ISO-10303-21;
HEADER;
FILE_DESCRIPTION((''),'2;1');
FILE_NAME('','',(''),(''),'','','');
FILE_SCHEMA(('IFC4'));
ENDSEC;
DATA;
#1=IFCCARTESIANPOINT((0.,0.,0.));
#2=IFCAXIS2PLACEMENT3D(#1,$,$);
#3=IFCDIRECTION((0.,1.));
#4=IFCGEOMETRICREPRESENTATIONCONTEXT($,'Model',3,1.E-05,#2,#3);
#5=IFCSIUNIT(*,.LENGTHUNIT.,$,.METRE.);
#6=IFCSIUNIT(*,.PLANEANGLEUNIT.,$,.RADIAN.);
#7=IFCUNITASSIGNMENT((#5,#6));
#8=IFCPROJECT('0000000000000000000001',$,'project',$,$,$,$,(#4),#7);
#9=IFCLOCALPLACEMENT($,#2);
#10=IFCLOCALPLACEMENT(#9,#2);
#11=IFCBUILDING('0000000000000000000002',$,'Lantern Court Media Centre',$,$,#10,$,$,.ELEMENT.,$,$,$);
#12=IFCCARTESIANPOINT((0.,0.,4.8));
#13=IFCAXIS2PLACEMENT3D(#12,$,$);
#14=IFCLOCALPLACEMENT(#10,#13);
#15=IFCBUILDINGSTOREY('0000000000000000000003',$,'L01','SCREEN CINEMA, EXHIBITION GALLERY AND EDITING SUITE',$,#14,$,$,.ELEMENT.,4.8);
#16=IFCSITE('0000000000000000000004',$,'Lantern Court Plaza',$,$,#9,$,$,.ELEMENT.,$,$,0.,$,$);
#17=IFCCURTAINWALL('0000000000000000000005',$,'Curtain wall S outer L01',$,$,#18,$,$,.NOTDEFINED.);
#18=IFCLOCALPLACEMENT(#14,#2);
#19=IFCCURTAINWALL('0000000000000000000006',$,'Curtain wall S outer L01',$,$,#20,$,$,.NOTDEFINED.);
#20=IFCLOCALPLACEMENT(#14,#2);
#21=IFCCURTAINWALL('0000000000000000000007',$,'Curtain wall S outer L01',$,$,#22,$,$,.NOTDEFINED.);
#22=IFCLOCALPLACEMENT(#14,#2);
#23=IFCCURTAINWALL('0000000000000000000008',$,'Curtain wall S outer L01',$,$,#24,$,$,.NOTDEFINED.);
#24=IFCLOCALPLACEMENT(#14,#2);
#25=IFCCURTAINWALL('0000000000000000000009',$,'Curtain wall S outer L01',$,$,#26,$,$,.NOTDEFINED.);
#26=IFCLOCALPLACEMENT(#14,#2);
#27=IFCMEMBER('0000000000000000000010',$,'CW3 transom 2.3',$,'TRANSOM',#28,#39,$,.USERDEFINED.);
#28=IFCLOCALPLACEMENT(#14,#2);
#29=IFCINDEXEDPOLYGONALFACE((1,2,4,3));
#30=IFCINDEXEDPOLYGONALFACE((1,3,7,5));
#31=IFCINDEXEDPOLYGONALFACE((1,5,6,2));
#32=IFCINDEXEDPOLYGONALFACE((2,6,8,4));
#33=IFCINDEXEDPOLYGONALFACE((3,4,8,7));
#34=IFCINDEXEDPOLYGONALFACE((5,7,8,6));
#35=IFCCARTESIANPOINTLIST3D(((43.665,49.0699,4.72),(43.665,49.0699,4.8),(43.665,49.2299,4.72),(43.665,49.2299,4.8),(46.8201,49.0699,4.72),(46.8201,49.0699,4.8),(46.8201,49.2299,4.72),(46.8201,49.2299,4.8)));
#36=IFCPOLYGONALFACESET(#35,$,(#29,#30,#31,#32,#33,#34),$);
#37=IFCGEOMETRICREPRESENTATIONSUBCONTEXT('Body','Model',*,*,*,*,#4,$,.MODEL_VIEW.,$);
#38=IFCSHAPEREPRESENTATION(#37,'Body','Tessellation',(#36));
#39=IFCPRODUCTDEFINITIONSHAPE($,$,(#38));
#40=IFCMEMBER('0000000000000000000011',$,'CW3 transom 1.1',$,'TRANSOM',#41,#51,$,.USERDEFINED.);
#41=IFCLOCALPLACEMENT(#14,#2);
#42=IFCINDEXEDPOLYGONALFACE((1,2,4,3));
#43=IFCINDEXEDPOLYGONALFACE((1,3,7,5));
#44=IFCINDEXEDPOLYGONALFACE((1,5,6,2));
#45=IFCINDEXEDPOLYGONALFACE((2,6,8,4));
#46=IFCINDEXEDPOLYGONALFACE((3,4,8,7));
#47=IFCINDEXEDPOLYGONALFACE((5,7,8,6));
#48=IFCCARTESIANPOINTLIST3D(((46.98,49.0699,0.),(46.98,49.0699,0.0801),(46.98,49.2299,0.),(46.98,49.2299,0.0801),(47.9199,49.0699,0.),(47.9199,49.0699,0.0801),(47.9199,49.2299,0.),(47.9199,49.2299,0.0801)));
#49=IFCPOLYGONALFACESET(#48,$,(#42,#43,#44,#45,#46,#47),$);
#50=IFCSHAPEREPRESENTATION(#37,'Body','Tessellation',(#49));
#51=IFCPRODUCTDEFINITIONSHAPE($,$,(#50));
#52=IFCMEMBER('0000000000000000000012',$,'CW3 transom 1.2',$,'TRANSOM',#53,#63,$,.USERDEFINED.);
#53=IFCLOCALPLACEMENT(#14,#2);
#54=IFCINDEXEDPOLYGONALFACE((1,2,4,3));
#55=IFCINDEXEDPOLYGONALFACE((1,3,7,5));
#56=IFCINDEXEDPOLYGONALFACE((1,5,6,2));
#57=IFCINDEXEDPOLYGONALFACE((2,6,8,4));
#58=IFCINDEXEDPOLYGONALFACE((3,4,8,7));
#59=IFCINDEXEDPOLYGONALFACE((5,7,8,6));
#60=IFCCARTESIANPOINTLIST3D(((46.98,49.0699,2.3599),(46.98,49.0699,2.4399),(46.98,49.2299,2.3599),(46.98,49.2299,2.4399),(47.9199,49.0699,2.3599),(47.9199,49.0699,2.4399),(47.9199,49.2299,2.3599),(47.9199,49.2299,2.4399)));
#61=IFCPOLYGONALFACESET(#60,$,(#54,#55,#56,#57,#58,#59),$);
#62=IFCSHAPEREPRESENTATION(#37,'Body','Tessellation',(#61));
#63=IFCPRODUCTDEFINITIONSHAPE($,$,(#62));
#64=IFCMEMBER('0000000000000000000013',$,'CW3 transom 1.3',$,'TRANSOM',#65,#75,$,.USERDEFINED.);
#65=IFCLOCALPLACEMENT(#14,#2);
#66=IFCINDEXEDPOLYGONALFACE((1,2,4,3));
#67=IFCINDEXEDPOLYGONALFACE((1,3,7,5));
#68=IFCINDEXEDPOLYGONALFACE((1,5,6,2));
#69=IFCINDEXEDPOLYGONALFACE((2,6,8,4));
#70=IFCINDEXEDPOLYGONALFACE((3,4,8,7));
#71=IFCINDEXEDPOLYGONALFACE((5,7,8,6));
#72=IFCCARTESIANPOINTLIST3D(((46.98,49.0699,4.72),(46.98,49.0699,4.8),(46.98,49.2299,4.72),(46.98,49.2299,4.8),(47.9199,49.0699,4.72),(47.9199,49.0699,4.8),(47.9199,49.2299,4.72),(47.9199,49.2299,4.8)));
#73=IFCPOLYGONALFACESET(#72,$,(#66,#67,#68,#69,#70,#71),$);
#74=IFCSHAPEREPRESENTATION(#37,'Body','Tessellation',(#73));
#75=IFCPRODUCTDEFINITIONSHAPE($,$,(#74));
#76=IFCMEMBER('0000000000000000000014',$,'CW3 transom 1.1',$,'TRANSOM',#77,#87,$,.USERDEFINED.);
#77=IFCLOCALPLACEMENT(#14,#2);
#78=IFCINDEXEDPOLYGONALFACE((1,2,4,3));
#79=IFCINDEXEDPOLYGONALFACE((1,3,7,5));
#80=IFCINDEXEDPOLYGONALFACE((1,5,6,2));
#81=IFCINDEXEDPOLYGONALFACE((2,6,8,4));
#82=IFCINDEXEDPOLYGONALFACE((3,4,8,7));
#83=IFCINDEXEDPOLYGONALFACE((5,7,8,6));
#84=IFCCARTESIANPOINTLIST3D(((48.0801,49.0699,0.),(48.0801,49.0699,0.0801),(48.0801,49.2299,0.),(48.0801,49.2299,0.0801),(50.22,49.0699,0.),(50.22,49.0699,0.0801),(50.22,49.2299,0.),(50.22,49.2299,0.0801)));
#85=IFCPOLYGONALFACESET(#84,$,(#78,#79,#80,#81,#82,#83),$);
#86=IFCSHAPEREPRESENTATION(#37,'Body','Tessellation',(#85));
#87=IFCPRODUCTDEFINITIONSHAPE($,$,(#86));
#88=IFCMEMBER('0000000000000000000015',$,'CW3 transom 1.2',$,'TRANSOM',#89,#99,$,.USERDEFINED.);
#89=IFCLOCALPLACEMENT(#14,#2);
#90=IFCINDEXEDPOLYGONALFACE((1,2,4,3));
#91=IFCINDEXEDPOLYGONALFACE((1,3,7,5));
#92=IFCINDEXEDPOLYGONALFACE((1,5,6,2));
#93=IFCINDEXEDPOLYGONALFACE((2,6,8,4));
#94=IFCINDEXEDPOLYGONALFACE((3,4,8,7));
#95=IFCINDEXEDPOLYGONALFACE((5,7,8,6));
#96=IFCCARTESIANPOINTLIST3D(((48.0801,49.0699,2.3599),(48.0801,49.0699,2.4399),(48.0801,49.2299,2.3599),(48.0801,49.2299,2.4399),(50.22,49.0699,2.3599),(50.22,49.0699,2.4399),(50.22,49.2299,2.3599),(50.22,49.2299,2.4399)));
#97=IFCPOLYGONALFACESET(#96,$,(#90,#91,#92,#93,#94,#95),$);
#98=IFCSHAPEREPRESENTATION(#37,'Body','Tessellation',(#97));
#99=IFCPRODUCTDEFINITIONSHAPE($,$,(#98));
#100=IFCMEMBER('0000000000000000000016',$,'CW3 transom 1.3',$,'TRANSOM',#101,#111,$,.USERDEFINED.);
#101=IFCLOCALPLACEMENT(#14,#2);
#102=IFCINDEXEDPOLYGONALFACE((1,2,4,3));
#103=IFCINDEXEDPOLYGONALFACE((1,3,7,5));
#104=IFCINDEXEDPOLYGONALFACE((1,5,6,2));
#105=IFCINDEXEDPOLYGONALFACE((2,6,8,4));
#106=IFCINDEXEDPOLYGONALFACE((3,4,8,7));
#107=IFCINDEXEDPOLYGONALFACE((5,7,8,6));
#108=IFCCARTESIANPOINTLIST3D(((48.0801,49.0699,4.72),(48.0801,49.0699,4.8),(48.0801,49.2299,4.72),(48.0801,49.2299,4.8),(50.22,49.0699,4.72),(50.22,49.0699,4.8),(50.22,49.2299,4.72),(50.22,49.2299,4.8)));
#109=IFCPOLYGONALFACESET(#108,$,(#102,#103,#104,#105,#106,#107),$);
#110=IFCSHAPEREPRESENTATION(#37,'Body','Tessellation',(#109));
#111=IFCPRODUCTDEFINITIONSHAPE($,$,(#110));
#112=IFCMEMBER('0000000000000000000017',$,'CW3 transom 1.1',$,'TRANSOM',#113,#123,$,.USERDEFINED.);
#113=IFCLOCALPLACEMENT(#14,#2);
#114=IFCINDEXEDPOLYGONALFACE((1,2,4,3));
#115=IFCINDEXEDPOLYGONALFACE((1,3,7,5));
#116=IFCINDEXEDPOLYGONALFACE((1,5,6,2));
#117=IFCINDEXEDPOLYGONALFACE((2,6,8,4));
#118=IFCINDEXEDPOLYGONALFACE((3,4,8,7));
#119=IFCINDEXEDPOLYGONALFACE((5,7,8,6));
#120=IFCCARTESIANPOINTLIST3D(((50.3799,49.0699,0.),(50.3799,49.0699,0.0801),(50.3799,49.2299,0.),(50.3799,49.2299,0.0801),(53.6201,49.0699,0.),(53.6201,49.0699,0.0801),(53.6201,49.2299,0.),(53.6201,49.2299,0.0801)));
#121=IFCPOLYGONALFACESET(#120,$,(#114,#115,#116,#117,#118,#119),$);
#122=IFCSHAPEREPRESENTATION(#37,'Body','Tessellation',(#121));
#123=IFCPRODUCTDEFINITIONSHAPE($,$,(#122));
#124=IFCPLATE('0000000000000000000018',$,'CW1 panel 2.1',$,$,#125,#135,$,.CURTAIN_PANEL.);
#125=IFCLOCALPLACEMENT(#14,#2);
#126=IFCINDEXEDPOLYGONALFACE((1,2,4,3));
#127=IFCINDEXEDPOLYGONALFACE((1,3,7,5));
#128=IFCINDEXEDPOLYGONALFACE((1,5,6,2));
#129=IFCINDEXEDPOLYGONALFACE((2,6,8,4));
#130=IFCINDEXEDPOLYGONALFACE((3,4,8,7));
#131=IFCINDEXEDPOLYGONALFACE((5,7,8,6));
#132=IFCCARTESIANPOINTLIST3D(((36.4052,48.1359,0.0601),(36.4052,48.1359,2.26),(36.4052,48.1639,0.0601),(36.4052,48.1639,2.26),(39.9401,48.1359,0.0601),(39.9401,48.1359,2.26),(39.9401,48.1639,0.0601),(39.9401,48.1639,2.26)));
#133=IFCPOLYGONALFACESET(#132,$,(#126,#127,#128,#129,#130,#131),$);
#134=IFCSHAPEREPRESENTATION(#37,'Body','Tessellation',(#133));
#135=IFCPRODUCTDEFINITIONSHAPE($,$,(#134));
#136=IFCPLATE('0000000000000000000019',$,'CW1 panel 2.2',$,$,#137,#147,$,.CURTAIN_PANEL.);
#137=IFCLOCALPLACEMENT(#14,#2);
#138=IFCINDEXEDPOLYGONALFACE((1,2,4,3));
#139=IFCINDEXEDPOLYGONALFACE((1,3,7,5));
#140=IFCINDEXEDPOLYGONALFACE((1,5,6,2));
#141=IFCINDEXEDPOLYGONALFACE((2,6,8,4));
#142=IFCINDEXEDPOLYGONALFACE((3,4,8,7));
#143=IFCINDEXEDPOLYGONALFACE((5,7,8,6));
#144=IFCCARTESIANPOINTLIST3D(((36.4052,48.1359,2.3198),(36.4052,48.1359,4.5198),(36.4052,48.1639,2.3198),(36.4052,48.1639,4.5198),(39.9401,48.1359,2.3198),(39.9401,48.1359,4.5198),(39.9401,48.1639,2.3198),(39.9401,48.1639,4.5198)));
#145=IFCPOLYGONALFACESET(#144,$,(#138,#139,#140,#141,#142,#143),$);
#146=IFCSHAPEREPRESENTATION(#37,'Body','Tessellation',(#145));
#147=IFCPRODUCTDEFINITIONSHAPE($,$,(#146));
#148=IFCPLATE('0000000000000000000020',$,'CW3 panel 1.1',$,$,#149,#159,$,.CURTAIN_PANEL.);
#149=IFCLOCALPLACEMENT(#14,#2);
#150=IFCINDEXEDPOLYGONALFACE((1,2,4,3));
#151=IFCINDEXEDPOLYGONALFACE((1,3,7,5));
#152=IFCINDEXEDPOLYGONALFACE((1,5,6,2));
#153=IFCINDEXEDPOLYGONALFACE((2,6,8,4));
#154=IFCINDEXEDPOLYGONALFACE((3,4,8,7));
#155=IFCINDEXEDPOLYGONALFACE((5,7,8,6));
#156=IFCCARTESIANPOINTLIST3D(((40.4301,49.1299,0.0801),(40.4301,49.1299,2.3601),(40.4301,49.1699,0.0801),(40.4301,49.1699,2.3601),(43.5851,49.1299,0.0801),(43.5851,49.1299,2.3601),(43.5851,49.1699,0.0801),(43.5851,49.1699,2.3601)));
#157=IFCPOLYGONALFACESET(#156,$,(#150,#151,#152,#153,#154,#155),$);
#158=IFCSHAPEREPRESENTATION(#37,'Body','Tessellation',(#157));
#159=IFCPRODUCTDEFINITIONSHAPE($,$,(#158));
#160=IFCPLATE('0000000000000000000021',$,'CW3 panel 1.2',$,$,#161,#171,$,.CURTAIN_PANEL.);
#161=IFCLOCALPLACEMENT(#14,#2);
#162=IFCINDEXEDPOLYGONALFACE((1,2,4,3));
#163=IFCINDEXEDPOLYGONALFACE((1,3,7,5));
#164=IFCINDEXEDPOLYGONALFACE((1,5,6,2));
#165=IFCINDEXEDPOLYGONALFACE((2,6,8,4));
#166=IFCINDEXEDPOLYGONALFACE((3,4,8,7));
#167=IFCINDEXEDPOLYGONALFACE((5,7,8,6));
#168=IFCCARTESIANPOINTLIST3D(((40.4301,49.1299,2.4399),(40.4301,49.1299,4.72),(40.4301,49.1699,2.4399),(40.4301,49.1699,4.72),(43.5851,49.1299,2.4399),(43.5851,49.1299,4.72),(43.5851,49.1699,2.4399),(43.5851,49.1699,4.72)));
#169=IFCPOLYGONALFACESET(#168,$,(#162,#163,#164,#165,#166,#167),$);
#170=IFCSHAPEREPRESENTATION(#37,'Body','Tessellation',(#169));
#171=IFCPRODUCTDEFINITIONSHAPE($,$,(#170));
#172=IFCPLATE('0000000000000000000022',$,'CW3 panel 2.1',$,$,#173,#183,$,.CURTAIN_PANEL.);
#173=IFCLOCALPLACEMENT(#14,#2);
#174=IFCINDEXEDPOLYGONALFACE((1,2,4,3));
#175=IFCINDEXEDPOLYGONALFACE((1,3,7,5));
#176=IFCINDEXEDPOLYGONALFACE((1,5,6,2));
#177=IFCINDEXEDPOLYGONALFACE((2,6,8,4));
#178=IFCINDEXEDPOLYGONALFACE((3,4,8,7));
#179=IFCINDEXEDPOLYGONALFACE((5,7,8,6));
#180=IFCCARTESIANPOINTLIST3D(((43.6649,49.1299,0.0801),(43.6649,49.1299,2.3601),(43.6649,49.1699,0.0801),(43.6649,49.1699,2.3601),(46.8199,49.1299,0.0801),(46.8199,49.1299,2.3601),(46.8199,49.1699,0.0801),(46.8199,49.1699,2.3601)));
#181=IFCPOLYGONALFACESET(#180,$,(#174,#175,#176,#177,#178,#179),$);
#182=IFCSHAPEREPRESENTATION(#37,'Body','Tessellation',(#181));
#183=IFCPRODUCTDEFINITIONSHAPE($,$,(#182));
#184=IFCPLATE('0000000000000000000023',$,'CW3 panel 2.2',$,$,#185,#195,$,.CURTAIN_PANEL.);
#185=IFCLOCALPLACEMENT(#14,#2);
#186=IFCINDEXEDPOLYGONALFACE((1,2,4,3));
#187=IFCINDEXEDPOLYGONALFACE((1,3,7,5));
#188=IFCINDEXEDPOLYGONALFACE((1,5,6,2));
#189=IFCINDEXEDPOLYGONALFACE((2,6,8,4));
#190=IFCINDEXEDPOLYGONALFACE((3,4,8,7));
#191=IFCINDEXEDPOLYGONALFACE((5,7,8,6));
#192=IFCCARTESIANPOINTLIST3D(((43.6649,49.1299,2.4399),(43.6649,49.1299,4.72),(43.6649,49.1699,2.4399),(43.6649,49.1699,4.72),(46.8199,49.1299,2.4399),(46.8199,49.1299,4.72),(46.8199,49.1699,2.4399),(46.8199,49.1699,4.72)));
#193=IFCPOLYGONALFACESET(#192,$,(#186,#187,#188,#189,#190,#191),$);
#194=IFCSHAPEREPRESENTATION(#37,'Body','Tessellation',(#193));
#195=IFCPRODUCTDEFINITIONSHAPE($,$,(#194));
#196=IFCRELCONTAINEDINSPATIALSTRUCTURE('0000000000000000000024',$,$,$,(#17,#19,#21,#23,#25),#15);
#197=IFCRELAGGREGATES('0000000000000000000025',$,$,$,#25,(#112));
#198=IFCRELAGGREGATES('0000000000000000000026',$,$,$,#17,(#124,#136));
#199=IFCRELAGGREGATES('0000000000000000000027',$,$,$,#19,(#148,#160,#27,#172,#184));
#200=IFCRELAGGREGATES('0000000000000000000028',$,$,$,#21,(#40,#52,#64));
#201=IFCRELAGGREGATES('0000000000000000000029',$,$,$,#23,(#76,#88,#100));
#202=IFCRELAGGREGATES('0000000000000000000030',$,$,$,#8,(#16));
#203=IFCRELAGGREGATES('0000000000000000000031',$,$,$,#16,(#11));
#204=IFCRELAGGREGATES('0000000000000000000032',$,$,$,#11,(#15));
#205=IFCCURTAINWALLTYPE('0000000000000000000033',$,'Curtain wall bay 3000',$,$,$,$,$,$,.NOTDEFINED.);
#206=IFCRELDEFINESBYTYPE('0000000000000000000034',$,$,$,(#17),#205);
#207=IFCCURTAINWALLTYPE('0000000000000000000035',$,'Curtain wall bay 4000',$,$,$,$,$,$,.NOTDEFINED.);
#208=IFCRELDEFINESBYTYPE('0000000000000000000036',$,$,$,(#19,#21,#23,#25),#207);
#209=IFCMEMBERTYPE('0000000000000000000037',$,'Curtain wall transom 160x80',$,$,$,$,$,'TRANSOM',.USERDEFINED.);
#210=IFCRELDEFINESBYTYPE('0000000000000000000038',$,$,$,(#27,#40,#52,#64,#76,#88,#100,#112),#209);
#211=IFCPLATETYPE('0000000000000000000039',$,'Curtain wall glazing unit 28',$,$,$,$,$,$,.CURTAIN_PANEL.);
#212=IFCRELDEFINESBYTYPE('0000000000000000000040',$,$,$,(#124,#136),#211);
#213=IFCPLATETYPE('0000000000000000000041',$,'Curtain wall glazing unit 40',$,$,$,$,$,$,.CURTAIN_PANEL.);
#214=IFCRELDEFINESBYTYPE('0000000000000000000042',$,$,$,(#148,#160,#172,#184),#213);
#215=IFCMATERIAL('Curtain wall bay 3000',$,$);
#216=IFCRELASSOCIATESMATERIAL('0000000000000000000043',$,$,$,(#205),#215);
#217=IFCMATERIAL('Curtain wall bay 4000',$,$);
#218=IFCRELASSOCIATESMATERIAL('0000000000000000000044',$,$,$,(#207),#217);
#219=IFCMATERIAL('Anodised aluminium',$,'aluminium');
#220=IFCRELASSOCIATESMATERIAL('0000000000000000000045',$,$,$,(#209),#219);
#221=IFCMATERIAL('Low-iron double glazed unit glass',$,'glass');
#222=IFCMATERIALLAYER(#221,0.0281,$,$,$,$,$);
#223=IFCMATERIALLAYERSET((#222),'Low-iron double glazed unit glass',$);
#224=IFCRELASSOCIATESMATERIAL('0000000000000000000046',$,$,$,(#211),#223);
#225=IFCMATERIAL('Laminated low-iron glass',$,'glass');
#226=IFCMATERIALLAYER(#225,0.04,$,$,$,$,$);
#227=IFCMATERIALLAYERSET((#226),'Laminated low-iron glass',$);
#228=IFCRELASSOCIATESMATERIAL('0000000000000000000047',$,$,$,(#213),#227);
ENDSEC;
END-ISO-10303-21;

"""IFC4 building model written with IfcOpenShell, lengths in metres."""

from ifc_helpers import new_model, si_unit, direction, frame, origin, origin_2d, place, context, subcontext, project, spatial, rectangle, extrude, material, layer, layer_set, material_profile, profile_set, type_object, element, aggregate, save


model = new_model("IFC4")

# Units and contexts
model_context = context("Model", 3, precision=1e-05, world=origin(), true_north=direction((0.0, 1.0)))
body_context = subcontext(model_context, "Body", "Model", "MODEL_VIEW")
ifc_project = project(units=[si_unit("LENGTHUNIT", "METRE"), si_unit("PLANEANGLEUNIT", "RADIAN")], contexts=[model_context])

# Site, building, storey
site_placement = place(None, origin())
site = spatial("IfcSite", under=ifc_project, at=site_placement, Name="Lantern Court Plaza", CompositionType="ELEMENT", RefElevation=0.0)
building_placement = place(site_placement, origin())
building = spatial("IfcBuilding", under=site, at=building_placement, Name="Lantern Court Media Centre", CompositionType="ELEMENT")
storey_placement = place(building_placement, frame((0.0, 0.0, 4.8)))
storey = spatial("IfcBuildingStorey", under=building, at=storey_placement, Name="L01", Description="SCREEN CINEMA, EXHIBITION GALLERY AND EDITING SUITE", CompositionType="ELEMENT", Elevation=4.8)

# Curtain wall
ifc_material_1 = material(Name="Curtain wall bay 3000")
curtain_wall_type_1 = type_object("IfcCurtainWallType", Name="Curtain wall bay 3000", PredefinedType="NOTDEFINED", material=ifc_material_1)
curtain_wall_1_placement = place(storey_placement, origin())
curtain_wall_1 = element("IfcCurtainWall", 1, at=curtain_wall_1_placement, inside=storey, type_object=curtain_wall_type_1, Name="Curtain wall S outer L01", PredefinedType="NOTDEFINED")
ifc_material_2 = material(Name="Anodised aluminium", Category="aluminium")

# Curtain walls
ifc_material_3 = material(Name="Curtain wall bay 4000")
curtain_wall_type_2 = type_object("IfcCurtainWallType", Name="Curtain wall bay 4000", PredefinedType="NOTDEFINED", material=ifc_material_3)
curtain_wall_2_placement = place(storey_placement, origin())
curtain_wall_2 = element("IfcCurtainWall", 2, at=curtain_wall_2_placement, inside=storey, type_object=curtain_wall_type_2, Name="Curtain wall S outer L01", PredefinedType="NOTDEFINED")
curtain_wall_3_placement = place(storey_placement, origin())
curtain_wall_3 = element("IfcCurtainWall", 3, at=curtain_wall_3_placement, inside=storey, type_object=curtain_wall_type_2, Name="Curtain wall S outer L01", PredefinedType="NOTDEFINED")
curtain_wall_4_placement = place(storey_placement, origin())
curtain_wall_4 = element("IfcCurtainWall", 4, at=curtain_wall_4_placement, inside=storey, type_object=curtain_wall_type_2, Name="Curtain wall S outer L01", PredefinedType="NOTDEFINED")

# Curtain wall
curtain_wall_5_placement = place(storey_placement, origin())
curtain_wall_5 = element("IfcCurtainWall", 5, at=curtain_wall_5_placement, inside=storey, type_object=curtain_wall_type_2, Name="Curtain wall S outer L01", PredefinedType="NOTDEFINED")

# Members
ifc_material_profile_1 = material_profile(ifc_material_2, rectangle(XDim=0.1599, YDim=0.0801, at=origin_2d()), Name="AL 80x160")
ifc_profile_set_1 = profile_set([ifc_material_profile_1], Name="Anodised aluminium")
member_type_1 = type_object("IfcMemberType", Name="Curtain wall transom 160x80", ElementType="TRANSOM", PredefinedType="USERDEFINED", material=ifc_profile_set_1)
member_1_placement = place(storey_placement, frame((43.665, 49.1499, 4.76), z_axis=(1.0, 0.0, 0.0), x_axis=(0.0, 1.0, 0.0)))
member_1 = element("IfcMember", 6, at=member_1_placement, type_object=member_type_1, Name="CW3 transom 2.3", ObjectType="TRANSOM", PredefinedType="USERDEFINED", context=body_context, shape_type="SweptSolid", body=[
    extrude(rectangle(XDim=0.1599, YDim=0.0801, at=origin_2d()), origin(), (0.0, 0.0, 1.0), 3.155),
])
member_2_placement = place(storey_placement, frame((46.98, 49.1499, 0.04), z_axis=(1.0, 0.0, 0.0), x_axis=(0.0, 1.0, 0.0)))
member_2 = element("IfcMember", 7, at=member_2_placement, type_object=member_type_1, Name="CW3 transom 1.1", ObjectType="TRANSOM", PredefinedType="USERDEFINED", context=body_context, shape_type="SweptSolid", body=[
    extrude(rectangle(XDim=0.1599, YDim=0.0801, at=origin_2d()), origin(), (0.0, 0.0, 1.0), 0.9399),
])
member_3_placement = place(storey_placement, frame((46.98, 49.1499, 2.3999), z_axis=(1.0, 0.0, 0.0), x_axis=(0.0, 1.0, 0.0)))
member_3 = element("IfcMember", 8, at=member_3_placement, type_object=member_type_1, Name="CW3 transom 1.2", ObjectType="TRANSOM", PredefinedType="USERDEFINED", context=body_context, shape_type="SweptSolid", body=[
    extrude(rectangle(XDim=0.1599, YDim=0.0801, at=origin_2d()), origin(), (0.0, 0.0, 1.0), 0.9399),
])
member_4_placement = place(storey_placement, frame((46.98, 49.1499, 4.76), z_axis=(1.0, 0.0, 0.0), x_axis=(0.0, 1.0, 0.0)))
member_4 = element("IfcMember", 9, at=member_4_placement, type_object=member_type_1, Name="CW3 transom 1.3", ObjectType="TRANSOM", PredefinedType="USERDEFINED", context=body_context, shape_type="SweptSolid", body=[
    extrude(rectangle(XDim=0.1599, YDim=0.0801, at=origin_2d()), origin(), (0.0, 0.0, 1.0), 0.9399),
])
member_5_placement = place(storey_placement, frame((48.0801, 49.1499, 0.04), z_axis=(1.0, 0.0, 0.0), x_axis=(0.0, 1.0, 0.0)))
member_5 = element("IfcMember", 10, at=member_5_placement, type_object=member_type_1, Name="CW3 transom 1.1", ObjectType="TRANSOM", PredefinedType="USERDEFINED", context=body_context, shape_type="SweptSolid", body=[
    extrude(rectangle(XDim=0.1599, YDim=0.0801, at=origin_2d()), origin(), (0.0, 0.0, 1.0), 2.1399),
])
member_6_placement = place(storey_placement, frame((48.0801, 49.1499, 2.3999), z_axis=(1.0, 0.0, 0.0), x_axis=(0.0, 1.0, 0.0)))
member_6 = element("IfcMember", 11, at=member_6_placement, type_object=member_type_1, Name="CW3 transom 1.2", ObjectType="TRANSOM", PredefinedType="USERDEFINED", context=body_context, shape_type="SweptSolid", body=[
    extrude(rectangle(XDim=0.1599, YDim=0.0801, at=origin_2d()), origin(), (0.0, 0.0, 1.0), 2.1399),
])
member_7_placement = place(storey_placement, frame((48.0801, 49.1499, 4.76), z_axis=(1.0, 0.0, 0.0), x_axis=(0.0, 1.0, 0.0)))
member_7 = element("IfcMember", 12, at=member_7_placement, type_object=member_type_1, Name="CW3 transom 1.3", ObjectType="TRANSOM", PredefinedType="USERDEFINED", context=body_context, shape_type="SweptSolid", body=[
    extrude(rectangle(XDim=0.1599, YDim=0.0801, at=origin_2d()), origin(), (0.0, 0.0, 1.0), 2.1399),
])
member_8_placement = place(storey_placement, frame((50.3799, 49.1499, 0.04), z_axis=(1.0, 0.0, 0.0), x_axis=(0.0, 1.0, 0.0)))
member_8 = element("IfcMember", 13, at=member_8_placement, type_object=member_type_1, Name="CW3 transom 1.1", ObjectType="TRANSOM", PredefinedType="USERDEFINED", context=body_context, shape_type="SweptSolid", body=[
    extrude(rectangle(XDim=0.1599, YDim=0.0801, at=origin_2d()), origin(), (0.0, 0.0, 1.0), 3.2402),
])
aggregate(curtain_wall_5, [member_8])

# Plates
ifc_material_4 = material(Name="Low-iron double glazed unit glass", Category="glass")
ifc_layer_1 = layer(ifc_material_4, 0.0281)
ifc_layer_set_1 = layer_set([ifc_layer_1], Name="Low-iron double glazed unit glass")
plate_type_1 = type_object("IfcPlateType", Name="Curtain wall glazing unit 28", PredefinedType="CURTAIN_PANEL", material=ifc_layer_set_1)
plate_1_placement = place(storey_placement, frame((38.1726, 48.1499, 0.0601), z_axis=(0.0, 0.0, 1.0), x_axis=(1.0, 0.0, 0.0)))
plate_1 = element("IfcPlate", 14, at=plate_1_placement, type_object=plate_type_1, Name="CW1 panel 2.1", PredefinedType="CURTAIN_PANEL", context=body_context, shape_type="SweptSolid", body=[
    extrude(rectangle(XDim=3.5349, YDim=0.0281, at=origin_2d()), origin(), (0.0, 0.0, 1.0), 2.2),
])
plate_2_placement = place(storey_placement, frame((38.1726, 48.1499, 2.3198), z_axis=(0.0, 0.0, 1.0), x_axis=(1.0, 0.0, 0.0)))
plate_2 = element("IfcPlate", 15, at=plate_2_placement, type_object=plate_type_1, Name="CW1 panel 2.2", PredefinedType="CURTAIN_PANEL", context=body_context, shape_type="SweptSolid", body=[
    extrude(rectangle(XDim=3.5349, YDim=0.0281, at=origin_2d()), origin(), (0.0, 0.0, 1.0), 2.2),
])
aggregate(curtain_wall_1, [plate_1, plate_2])
ifc_material_5 = material(Name="Laminated low-iron glass", Category="glass")
ifc_layer_2 = layer(ifc_material_5, 0.04)
ifc_layer_set_2 = layer_set([ifc_layer_2], Name="Laminated low-iron glass")
plate_type_2 = type_object("IfcPlateType", Name="Curtain wall glazing unit 40", PredefinedType="CURTAIN_PANEL", material=ifc_layer_set_2)
plate_3_placement = place(storey_placement, frame((42.0076, 49.1499, 0.0801), z_axis=(0.0, 0.0, 1.0), x_axis=(1.0, 0.0, 0.0)))
plate_3 = element("IfcPlate", 16, at=plate_3_placement, type_object=plate_type_2, Name="CW3 panel 1.1", PredefinedType="CURTAIN_PANEL", context=body_context, shape_type="SweptSolid", body=[
    extrude(rectangle(XDim=3.155, YDim=0.04, at=origin_2d()), origin(), (0.0, 0.0, 1.0), 2.28),
])
plate_4_placement = place(storey_placement, frame((42.0076, 49.1499, 2.4399), z_axis=(0.0, 0.0, 1.0), x_axis=(1.0, 0.0, 0.0)))
plate_4 = element("IfcPlate", 17, at=plate_4_placement, type_object=plate_type_2, Name="CW3 panel 1.2", PredefinedType="CURTAIN_PANEL", context=body_context, shape_type="SweptSolid", body=[
    extrude(rectangle(XDim=3.155, YDim=0.04, at=origin_2d()), origin(), (0.0, 0.0, 1.0), 2.28),
])
plate_5_placement = place(storey_placement, frame((45.2424, 49.1499, 0.0801), z_axis=(0.0, 0.0, 1.0), x_axis=(1.0, 0.0, 0.0)))
plate_5 = element("IfcPlate", 18, at=plate_5_placement, type_object=plate_type_2, Name="CW3 panel 2.1", PredefinedType="CURTAIN_PANEL", context=body_context, shape_type="SweptSolid", body=[
    extrude(rectangle(XDim=3.155, YDim=0.04, at=origin_2d()), origin(), (0.0, 0.0, 1.0), 2.28),
])
plate_6_placement = place(storey_placement, frame((45.2424, 49.1499, 2.4399), z_axis=(0.0, 0.0, 1.0), x_axis=(1.0, 0.0, 0.0)))
plate_6 = element("IfcPlate", 19, at=plate_6_placement, type_object=plate_type_2, Name="CW3 panel 2.2", PredefinedType="CURTAIN_PANEL", context=body_context, shape_type="SweptSolid", body=[
    extrude(rectangle(XDim=3.155, YDim=0.04, at=origin_2d()), origin(), (0.0, 0.0, 1.0), 2.28),
])
aggregate(curtain_wall_2, [plate_3, plate_4, member_1, plate_5, plate_6])
aggregate(curtain_wall_3, [member_2, member_3, member_4])
aggregate(curtain_wall_4, [member_5, member_6, member_7])

save(model, "model.ifc")
